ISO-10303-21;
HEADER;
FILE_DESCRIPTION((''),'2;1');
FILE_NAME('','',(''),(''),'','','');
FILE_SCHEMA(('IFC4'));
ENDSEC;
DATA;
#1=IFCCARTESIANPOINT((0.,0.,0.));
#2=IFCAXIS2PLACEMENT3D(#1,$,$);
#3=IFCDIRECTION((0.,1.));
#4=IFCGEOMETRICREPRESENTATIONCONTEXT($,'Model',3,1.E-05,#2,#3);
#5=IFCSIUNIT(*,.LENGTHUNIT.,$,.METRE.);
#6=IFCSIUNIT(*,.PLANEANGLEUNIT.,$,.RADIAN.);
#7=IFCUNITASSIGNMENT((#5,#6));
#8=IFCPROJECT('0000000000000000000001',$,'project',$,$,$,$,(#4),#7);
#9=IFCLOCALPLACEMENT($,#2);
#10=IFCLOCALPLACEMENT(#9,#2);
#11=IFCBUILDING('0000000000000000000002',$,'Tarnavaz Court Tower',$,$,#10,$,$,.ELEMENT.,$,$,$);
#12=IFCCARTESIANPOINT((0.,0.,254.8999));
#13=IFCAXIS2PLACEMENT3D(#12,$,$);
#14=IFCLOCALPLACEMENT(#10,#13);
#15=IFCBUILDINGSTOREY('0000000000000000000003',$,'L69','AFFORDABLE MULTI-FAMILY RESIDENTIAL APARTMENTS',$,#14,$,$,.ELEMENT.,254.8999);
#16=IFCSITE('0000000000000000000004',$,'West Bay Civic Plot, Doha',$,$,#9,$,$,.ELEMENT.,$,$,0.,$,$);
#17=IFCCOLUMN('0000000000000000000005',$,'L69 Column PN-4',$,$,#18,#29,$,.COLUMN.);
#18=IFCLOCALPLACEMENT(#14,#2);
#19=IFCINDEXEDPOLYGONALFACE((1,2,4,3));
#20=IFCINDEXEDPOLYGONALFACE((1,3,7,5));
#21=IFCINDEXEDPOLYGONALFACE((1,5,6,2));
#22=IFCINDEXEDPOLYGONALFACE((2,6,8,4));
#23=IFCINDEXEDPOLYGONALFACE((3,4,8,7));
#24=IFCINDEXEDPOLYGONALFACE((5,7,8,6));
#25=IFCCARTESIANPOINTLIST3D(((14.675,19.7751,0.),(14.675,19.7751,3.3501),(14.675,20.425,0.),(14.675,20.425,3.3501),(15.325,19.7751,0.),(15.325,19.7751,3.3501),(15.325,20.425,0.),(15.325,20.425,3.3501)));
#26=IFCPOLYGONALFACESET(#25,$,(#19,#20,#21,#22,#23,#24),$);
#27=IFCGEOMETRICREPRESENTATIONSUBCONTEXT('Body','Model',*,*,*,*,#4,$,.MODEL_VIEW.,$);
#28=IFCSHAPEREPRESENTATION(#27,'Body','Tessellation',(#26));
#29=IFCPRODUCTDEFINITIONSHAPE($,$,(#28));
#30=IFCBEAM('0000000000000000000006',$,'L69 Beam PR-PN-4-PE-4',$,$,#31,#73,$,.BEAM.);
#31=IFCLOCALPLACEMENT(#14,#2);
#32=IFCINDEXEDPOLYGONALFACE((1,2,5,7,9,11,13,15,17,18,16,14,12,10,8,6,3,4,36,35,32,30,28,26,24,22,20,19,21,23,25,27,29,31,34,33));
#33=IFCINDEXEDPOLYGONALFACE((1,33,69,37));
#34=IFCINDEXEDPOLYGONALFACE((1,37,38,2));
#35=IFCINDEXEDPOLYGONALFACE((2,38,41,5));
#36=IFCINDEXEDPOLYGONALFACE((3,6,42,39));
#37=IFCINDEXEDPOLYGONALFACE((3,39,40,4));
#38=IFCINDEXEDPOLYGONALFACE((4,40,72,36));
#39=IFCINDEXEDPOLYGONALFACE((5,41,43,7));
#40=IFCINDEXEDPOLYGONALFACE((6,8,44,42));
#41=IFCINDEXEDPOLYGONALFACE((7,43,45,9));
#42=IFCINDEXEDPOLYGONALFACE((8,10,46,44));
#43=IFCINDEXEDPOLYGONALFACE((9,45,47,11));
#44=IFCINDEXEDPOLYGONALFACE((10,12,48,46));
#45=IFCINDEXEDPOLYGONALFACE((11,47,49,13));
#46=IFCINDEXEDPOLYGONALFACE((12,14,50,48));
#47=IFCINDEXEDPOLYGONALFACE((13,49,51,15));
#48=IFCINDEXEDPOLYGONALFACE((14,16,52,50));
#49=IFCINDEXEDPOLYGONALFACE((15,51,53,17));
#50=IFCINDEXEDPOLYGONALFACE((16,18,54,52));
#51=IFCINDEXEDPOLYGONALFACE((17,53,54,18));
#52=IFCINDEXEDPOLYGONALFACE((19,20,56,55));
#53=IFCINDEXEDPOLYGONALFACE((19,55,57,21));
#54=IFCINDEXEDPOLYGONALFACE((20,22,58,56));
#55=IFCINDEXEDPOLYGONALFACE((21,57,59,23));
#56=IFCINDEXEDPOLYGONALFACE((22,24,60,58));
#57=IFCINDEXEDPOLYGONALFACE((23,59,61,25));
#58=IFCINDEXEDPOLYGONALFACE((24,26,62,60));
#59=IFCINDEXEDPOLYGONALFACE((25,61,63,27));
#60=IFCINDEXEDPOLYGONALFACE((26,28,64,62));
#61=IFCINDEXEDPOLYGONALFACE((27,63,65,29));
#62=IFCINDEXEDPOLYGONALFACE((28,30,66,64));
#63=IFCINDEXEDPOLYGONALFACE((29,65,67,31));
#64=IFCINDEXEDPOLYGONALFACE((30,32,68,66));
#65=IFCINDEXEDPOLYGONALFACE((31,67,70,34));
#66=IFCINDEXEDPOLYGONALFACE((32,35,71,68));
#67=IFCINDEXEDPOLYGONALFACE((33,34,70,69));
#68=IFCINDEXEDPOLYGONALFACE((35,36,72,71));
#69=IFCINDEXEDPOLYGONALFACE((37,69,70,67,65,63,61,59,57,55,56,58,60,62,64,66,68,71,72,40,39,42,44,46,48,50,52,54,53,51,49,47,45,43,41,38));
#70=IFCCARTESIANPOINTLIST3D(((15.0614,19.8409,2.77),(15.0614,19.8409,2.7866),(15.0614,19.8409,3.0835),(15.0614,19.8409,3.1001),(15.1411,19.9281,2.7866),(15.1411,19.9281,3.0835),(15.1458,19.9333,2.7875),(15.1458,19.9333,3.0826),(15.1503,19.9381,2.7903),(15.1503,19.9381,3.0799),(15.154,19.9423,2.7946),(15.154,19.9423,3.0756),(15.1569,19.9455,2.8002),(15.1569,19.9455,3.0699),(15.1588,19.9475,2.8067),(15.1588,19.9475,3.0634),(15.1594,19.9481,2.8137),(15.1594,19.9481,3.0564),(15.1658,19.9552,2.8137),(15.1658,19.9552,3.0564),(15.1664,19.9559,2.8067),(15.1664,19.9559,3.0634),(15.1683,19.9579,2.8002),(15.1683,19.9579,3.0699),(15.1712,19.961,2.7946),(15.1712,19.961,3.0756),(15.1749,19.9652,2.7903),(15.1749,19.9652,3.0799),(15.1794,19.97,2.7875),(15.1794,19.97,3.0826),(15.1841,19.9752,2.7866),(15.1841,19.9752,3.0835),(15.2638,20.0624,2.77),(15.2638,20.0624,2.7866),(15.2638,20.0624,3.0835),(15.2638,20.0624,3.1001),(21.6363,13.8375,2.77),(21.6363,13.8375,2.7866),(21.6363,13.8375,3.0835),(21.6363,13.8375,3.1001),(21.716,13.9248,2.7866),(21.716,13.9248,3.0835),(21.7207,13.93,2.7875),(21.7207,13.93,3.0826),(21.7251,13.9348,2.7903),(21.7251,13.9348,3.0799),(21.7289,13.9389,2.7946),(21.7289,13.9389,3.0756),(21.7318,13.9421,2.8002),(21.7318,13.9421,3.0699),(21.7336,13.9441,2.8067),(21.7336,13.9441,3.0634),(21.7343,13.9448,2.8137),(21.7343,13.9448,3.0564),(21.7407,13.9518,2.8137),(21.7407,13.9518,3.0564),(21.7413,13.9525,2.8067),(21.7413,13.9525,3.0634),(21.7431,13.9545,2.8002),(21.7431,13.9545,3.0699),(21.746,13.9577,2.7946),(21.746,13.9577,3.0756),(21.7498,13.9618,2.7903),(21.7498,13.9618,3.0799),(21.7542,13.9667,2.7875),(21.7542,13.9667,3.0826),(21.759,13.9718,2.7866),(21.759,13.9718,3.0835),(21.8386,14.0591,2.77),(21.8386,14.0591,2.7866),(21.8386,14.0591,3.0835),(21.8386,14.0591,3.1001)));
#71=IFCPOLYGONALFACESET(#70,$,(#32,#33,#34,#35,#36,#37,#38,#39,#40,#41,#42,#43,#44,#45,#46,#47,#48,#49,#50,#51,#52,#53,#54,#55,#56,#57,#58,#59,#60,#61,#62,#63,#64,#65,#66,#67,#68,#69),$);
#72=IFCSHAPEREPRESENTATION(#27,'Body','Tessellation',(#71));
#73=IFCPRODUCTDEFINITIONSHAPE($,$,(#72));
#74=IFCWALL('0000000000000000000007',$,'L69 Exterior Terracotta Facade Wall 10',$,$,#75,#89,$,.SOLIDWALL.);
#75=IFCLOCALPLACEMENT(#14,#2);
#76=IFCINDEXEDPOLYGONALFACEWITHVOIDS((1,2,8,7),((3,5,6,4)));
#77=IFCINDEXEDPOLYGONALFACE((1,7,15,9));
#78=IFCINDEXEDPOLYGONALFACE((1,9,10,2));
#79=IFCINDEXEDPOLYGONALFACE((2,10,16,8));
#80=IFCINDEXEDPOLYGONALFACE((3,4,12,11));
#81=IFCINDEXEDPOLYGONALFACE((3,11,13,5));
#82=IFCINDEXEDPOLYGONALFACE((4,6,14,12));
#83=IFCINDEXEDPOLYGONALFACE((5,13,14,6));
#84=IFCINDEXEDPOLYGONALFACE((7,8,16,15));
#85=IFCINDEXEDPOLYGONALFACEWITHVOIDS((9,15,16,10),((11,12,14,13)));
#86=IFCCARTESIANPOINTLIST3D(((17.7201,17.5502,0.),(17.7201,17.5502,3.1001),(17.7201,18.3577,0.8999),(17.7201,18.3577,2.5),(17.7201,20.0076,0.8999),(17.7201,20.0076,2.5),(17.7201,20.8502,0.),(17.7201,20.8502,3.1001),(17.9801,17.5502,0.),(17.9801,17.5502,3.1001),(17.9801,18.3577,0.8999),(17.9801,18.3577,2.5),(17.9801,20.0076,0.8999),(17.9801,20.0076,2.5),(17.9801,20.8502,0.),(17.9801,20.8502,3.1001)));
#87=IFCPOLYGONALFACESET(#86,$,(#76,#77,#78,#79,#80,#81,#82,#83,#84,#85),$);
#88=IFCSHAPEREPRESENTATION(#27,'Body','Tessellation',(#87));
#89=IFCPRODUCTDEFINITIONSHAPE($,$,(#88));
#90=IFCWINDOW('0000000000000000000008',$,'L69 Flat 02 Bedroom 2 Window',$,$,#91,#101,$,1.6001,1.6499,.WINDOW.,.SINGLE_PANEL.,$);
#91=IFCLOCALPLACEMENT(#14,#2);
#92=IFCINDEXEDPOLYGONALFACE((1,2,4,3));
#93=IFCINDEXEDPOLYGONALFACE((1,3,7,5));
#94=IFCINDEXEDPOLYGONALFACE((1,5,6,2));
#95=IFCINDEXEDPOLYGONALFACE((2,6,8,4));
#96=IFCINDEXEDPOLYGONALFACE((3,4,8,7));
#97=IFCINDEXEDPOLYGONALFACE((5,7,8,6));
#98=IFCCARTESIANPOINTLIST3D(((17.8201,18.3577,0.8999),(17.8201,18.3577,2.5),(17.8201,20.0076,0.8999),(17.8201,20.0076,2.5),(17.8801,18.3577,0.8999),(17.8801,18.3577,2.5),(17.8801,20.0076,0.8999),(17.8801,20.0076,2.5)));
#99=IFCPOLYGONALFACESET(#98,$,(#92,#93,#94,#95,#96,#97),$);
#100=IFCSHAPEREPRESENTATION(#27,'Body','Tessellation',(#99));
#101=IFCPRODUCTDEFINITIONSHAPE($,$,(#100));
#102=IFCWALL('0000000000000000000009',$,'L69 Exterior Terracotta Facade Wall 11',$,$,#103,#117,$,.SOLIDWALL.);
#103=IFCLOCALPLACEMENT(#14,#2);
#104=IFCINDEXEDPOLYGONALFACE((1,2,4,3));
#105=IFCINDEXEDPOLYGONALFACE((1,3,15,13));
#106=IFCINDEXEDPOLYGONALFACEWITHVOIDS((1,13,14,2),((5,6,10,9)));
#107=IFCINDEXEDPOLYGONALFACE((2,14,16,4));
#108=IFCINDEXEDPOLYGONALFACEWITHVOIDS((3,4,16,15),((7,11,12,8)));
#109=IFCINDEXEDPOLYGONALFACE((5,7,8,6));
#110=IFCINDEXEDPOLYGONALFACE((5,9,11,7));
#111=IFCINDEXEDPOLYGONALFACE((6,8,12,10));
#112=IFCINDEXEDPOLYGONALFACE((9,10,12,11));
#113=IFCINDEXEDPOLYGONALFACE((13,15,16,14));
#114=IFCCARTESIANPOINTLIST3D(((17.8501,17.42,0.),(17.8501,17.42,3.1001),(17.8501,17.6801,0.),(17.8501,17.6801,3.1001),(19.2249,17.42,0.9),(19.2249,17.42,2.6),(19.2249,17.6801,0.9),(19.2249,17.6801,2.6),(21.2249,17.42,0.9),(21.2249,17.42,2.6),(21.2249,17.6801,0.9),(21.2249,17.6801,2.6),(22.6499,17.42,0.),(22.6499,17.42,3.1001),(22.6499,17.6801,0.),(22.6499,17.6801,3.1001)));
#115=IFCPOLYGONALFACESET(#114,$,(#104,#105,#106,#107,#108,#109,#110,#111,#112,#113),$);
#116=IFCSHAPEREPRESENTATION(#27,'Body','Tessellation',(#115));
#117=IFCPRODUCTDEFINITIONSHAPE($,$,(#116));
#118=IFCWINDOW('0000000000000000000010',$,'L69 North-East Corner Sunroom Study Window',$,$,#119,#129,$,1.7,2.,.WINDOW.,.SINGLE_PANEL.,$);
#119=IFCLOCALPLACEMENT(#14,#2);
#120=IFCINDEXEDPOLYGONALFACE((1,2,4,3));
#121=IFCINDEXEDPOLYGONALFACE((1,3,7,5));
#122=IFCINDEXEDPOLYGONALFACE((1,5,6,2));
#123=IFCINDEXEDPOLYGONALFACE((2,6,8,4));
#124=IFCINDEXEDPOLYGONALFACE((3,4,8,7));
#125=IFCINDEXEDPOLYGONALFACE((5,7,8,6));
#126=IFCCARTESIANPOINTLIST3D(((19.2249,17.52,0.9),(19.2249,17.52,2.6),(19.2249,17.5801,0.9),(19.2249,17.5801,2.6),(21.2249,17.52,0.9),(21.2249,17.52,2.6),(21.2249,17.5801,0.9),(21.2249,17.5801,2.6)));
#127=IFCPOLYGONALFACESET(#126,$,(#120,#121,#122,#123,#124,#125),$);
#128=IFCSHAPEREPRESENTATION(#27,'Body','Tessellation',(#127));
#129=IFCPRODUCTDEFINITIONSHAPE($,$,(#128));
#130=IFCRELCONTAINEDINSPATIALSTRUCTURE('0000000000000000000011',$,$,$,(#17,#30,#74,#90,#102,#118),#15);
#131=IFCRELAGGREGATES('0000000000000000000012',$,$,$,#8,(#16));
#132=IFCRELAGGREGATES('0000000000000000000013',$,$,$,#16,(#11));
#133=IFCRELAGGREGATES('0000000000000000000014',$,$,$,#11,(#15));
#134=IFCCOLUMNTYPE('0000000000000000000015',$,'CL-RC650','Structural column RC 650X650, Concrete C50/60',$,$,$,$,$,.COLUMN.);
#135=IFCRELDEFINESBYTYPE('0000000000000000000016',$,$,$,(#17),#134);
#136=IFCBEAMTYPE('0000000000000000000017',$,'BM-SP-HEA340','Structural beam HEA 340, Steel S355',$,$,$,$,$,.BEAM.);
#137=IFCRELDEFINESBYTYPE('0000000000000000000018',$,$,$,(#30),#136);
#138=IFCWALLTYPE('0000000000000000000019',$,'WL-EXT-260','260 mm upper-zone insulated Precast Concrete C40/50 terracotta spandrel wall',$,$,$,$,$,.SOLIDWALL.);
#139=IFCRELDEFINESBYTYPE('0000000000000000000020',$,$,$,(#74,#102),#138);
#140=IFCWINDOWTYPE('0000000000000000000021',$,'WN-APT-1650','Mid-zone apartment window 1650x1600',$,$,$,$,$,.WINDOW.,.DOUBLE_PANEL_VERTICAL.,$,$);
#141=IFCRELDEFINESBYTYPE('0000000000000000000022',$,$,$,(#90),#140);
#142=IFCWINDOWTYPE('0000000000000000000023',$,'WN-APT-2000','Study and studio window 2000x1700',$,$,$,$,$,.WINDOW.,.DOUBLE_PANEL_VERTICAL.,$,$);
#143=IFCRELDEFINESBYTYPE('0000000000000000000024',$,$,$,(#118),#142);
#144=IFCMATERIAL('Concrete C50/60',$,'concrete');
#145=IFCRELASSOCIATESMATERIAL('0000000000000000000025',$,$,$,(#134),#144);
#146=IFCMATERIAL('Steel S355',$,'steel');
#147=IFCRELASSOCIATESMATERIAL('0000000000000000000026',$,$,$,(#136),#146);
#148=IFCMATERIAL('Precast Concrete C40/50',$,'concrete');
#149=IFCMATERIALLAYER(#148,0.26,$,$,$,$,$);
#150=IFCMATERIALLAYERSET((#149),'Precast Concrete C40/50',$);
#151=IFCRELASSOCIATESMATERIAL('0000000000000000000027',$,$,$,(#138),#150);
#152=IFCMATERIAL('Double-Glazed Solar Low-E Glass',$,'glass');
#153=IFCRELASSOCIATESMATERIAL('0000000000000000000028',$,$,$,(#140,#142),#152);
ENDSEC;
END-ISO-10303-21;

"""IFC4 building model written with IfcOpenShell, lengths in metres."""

from ifc_helpers import new_model, si_unit, direction, frame, frame_2d, origin, origin_2d, place, context, subcontext, project, spatial, rectangle, i_section, extrude, material, layer, layer_set, material_profile, profile_set, type_object, element, fill, save


model = new_model("IFC4")

# Units and contexts
model_context = context("Model", 3, precision=1e-05, world=origin(), true_north=direction((0.0, 1.0)))
body_context = subcontext(model_context, "Body", "Model", "MODEL_VIEW")
ifc_project = project(units=[si_unit("LENGTHUNIT", "METRE"), si_unit("PLANEANGLEUNIT", "RADIAN")], contexts=[model_context])

# Site, building, storey
site_placement = place(None, origin())
site = spatial("IfcSite", under=ifc_project, at=site_placement, Name="West Bay Civic Plot, Doha", CompositionType="ELEMENT", RefElevation=0.0)
building_placement = place(site_placement, origin())
building = spatial("IfcBuilding", under=site, at=building_placement, Name="Tarnavaz Court Tower", CompositionType="ELEMENT")
storey_placement = place(building_placement, frame((0.0, 0.0, 254.8999)))
storey = spatial("IfcBuildingStorey", under=building, at=storey_placement, Name="L69", Description="AFFORDABLE MULTI-FAMILY RESIDENTIAL APARTMENTS", CompositionType="ELEMENT", Elevation=254.8999)

# Column
ifc_material_1 = material(Name="Concrete C50/60", Category="concrete")
ifc_material_profile_1 = material_profile(ifc_material_1, rectangle(XDim=0.6499, YDim=0.6499, at=origin_2d()), Name="RC 650X650")
ifc_profile_set_1 = profile_set([ifc_material_profile_1], Name="Concrete C50/60")
column_type = type_object("IfcColumnType", Name="CL-RC650", Description="Structural column RC 650X650, Concrete C50/60", PredefinedType="COLUMN", material=ifc_profile_set_1)
column_placement = place(storey_placement, frame((15.0, 20.1001, 0.0), z_axis=(0.0, 0.0, 1.0), x_axis=(1.0, 0.0, 0.0)))
element("IfcColumn", 1, at=column_placement, inside=storey, type_object=column_type, Name="L69 Column PN-4", PredefinedType="COLUMN", context=body_context, shape_type="SweptSolid", body=[
    extrude(rectangle(XDim=0.6499, YDim=0.6499, at=origin_2d()), origin(), (0.0, 0.0, 1.0), 3.3501),
])

# Beam
ifc_material_2 = material(Name="Steel S355", Category="steel")
ifc_material_profile_2 = material_profile(ifc_material_2, i_section(OverallWidth=0.3, OverallDepth=0.3301, WebThickness=0.0095, FlangeThickness=0.0166, FilletRadius=0.0271, at=origin_2d()), Name="HEA 340")
ifc_profile_set_2 = profile_set([ifc_material_profile_2], Name="Steel S355")
beam_type = type_object("IfcBeamType", Name="BM-SP-HEA340", Description="Structural beam HEA 340, Steel S355", PredefinedType="BEAM", material=ifc_profile_set_2)
beam_placement = place(storey_placement, frame((15.1626, 19.9517, 2.9351), z_axis=(0.738474, -0.674282, 0.0), x_axis=(0.674282, 0.738474, 0.0)))
element("IfcBeam", 2, at=beam_placement, inside=storey, type_object=beam_type, Name="L69 Beam PR-PN-4-PE-4", PredefinedType="BEAM", context=body_context, shape_type="SweptSolid", body=[
    extrude(i_section(OverallWidth=0.3, OverallDepth=0.3301, WebThickness=0.0095, FlangeThickness=0.0166, FilletRadius=0.0271, at=origin_2d()), origin(), (0.0, 0.0, 1.0), 8.9033),
])

# Walls, openings, windows
ifc_material_3 = material(Name="Precast Concrete C40/50", Category="concrete")
ifc_layer_1 = layer(ifc_material_3, 0.26)
ifc_layer_set_1 = layer_set([ifc_layer_1], Name="Precast Concrete C40/50")
wall_type_1 = type_object("IfcWallType", Name="WL-EXT-260", Description="260 mm upper-zone insulated Precast Concrete C40/50 terracotta spandrel wall", PredefinedType="SOLIDWALL", material=ifc_layer_set_1)
wall_1_placement = place(storey_placement, frame((17.8501, 20.8501, 0.0), z_axis=(0.0, 0.0, 1.0), x_axis=(0.0, -1.0, 0.0)))
wall_1 = element("IfcWall", 3, at=wall_1_placement, inside=storey, type_object=wall_type_1, Name="L69 Exterior Terracotta Facade Wall 10", PredefinedType="SOLIDWALL", context=body_context, shape_type="SweptSolid", body=[
    extrude(rectangle(XDim=3.3, YDim=0.26, at=frame_2d((1.6499, 0.0))), origin(), (0.0, 0.0, 1.0), 3.1001),
])
opening_1_placement = place(wall_1_placement, frame((0.8425, 0.0, 0.8999)))
opening_1 = element("IfcOpeningElement", 4, at=opening_1_placement, cuts=wall_1, PredefinedType="OPENING", context=body_context, shape_type="SweptSolid", body=[
    extrude(rectangle(XDim=1.6499, YDim=1.6001, at=frame_2d((0.825, 0.8))), frame((0.0, 0.1399, 0.0), z_axis=(0.0, -1.0, 0.0), x_axis=(1.0, 0.0, 0.0)), (0.0, 0.0, 1.0), 0.28),
])
ifc_material_4 = material(Name="Double-Glazed Solar Low-E Glass", Category="glass")
window_type_1 = type_object("IfcWindowType", Name="WN-APT-1650", Description="Mid-zone apartment window 1650x1600", PartitioningType="DOUBLE_PANEL_VERTICAL", PredefinedType="WINDOW", material=ifc_material_4)
window_1_placement = place(opening_1_placement, origin())
window_1 = element("IfcWindow", 5, at=window_1_placement, inside=storey, type_object=window_type_1, Name="L69 Flat 02 Bedroom 2 Window", OverallHeight=1.6001, OverallWidth=1.6499, PartitioningType="SINGLE_PANEL", PredefinedType="WINDOW", context=body_context, shape_type="SweptSolid", body=[
    extrude(rectangle(XDim=1.6499, YDim=1.6001, at=frame_2d((0.825, 0.8))), frame((0.0, 0.03, 0.0), z_axis=(0.0, -1.0, 0.0), x_axis=(1.0, 0.0, 0.0)), (0.0, 0.0, 1.0), 0.0601),
])
fill(opening_1, window_1)
wall_2_placement = place(storey_placement, frame((17.8501, 17.55, 0.0), z_axis=(0.0, 0.0, 1.0), x_axis=(1.0, 0.0, 0.0)))
wall_2 = element("IfcWall", 6, at=wall_2_placement, inside=storey, type_object=wall_type_1, Name="L69 Exterior Terracotta Facade Wall 11", PredefinedType="SOLIDWALL", context=body_context, shape_type="SweptSolid", body=[
    extrude(rectangle(XDim=4.7998, YDim=0.26, at=frame_2d((2.3999, 0.0))), origin(), (0.0, 0.0, 1.0), 3.1001),
])
opening_2_placement = place(wall_2_placement, frame((1.3748, 0.0, 0.8999)))
opening_2 = element("IfcOpeningElement", 7, at=opening_2_placement, cuts=wall_2, PredefinedType="OPENING", context=body_context, shape_type="SweptSolid", body=[
    extrude(rectangle(XDim=2.0, YDim=1.7, at=frame_2d((1.0, 0.8501))), frame((0.0, 0.1399, 0.0), z_axis=(0.0, -1.0, 0.0), x_axis=(1.0, 0.0, 0.0)), (0.0, 0.0, 1.0), 0.28),
])
window_type_2 = type_object("IfcWindowType", Name="WN-APT-2000", Description="Study and studio window 2000x1700", PartitioningType="DOUBLE_PANEL_VERTICAL", PredefinedType="WINDOW", material=ifc_material_4)
window_2_placement = place(opening_2_placement, origin())
window_2 = element("IfcWindow", 8, at=window_2_placement, inside=storey, type_object=window_type_2, Name="L69 North-East Corner Sunroom Study Window", OverallHeight=1.7, OverallWidth=2.0, PartitioningType="SINGLE_PANEL", PredefinedType="WINDOW", context=body_context, shape_type="SweptSolid", body=[
    extrude(rectangle(XDim=2.0, YDim=1.7, at=frame_2d((1.0, 0.8501))), frame((0.0, 0.03, 0.0), z_axis=(0.0, -1.0, 0.0), x_axis=(1.0, 0.0, 0.0)), (0.0, 0.0, 1.0), 0.0601),
])
fill(opening_2, window_2)

save(model, "model.ifc")
